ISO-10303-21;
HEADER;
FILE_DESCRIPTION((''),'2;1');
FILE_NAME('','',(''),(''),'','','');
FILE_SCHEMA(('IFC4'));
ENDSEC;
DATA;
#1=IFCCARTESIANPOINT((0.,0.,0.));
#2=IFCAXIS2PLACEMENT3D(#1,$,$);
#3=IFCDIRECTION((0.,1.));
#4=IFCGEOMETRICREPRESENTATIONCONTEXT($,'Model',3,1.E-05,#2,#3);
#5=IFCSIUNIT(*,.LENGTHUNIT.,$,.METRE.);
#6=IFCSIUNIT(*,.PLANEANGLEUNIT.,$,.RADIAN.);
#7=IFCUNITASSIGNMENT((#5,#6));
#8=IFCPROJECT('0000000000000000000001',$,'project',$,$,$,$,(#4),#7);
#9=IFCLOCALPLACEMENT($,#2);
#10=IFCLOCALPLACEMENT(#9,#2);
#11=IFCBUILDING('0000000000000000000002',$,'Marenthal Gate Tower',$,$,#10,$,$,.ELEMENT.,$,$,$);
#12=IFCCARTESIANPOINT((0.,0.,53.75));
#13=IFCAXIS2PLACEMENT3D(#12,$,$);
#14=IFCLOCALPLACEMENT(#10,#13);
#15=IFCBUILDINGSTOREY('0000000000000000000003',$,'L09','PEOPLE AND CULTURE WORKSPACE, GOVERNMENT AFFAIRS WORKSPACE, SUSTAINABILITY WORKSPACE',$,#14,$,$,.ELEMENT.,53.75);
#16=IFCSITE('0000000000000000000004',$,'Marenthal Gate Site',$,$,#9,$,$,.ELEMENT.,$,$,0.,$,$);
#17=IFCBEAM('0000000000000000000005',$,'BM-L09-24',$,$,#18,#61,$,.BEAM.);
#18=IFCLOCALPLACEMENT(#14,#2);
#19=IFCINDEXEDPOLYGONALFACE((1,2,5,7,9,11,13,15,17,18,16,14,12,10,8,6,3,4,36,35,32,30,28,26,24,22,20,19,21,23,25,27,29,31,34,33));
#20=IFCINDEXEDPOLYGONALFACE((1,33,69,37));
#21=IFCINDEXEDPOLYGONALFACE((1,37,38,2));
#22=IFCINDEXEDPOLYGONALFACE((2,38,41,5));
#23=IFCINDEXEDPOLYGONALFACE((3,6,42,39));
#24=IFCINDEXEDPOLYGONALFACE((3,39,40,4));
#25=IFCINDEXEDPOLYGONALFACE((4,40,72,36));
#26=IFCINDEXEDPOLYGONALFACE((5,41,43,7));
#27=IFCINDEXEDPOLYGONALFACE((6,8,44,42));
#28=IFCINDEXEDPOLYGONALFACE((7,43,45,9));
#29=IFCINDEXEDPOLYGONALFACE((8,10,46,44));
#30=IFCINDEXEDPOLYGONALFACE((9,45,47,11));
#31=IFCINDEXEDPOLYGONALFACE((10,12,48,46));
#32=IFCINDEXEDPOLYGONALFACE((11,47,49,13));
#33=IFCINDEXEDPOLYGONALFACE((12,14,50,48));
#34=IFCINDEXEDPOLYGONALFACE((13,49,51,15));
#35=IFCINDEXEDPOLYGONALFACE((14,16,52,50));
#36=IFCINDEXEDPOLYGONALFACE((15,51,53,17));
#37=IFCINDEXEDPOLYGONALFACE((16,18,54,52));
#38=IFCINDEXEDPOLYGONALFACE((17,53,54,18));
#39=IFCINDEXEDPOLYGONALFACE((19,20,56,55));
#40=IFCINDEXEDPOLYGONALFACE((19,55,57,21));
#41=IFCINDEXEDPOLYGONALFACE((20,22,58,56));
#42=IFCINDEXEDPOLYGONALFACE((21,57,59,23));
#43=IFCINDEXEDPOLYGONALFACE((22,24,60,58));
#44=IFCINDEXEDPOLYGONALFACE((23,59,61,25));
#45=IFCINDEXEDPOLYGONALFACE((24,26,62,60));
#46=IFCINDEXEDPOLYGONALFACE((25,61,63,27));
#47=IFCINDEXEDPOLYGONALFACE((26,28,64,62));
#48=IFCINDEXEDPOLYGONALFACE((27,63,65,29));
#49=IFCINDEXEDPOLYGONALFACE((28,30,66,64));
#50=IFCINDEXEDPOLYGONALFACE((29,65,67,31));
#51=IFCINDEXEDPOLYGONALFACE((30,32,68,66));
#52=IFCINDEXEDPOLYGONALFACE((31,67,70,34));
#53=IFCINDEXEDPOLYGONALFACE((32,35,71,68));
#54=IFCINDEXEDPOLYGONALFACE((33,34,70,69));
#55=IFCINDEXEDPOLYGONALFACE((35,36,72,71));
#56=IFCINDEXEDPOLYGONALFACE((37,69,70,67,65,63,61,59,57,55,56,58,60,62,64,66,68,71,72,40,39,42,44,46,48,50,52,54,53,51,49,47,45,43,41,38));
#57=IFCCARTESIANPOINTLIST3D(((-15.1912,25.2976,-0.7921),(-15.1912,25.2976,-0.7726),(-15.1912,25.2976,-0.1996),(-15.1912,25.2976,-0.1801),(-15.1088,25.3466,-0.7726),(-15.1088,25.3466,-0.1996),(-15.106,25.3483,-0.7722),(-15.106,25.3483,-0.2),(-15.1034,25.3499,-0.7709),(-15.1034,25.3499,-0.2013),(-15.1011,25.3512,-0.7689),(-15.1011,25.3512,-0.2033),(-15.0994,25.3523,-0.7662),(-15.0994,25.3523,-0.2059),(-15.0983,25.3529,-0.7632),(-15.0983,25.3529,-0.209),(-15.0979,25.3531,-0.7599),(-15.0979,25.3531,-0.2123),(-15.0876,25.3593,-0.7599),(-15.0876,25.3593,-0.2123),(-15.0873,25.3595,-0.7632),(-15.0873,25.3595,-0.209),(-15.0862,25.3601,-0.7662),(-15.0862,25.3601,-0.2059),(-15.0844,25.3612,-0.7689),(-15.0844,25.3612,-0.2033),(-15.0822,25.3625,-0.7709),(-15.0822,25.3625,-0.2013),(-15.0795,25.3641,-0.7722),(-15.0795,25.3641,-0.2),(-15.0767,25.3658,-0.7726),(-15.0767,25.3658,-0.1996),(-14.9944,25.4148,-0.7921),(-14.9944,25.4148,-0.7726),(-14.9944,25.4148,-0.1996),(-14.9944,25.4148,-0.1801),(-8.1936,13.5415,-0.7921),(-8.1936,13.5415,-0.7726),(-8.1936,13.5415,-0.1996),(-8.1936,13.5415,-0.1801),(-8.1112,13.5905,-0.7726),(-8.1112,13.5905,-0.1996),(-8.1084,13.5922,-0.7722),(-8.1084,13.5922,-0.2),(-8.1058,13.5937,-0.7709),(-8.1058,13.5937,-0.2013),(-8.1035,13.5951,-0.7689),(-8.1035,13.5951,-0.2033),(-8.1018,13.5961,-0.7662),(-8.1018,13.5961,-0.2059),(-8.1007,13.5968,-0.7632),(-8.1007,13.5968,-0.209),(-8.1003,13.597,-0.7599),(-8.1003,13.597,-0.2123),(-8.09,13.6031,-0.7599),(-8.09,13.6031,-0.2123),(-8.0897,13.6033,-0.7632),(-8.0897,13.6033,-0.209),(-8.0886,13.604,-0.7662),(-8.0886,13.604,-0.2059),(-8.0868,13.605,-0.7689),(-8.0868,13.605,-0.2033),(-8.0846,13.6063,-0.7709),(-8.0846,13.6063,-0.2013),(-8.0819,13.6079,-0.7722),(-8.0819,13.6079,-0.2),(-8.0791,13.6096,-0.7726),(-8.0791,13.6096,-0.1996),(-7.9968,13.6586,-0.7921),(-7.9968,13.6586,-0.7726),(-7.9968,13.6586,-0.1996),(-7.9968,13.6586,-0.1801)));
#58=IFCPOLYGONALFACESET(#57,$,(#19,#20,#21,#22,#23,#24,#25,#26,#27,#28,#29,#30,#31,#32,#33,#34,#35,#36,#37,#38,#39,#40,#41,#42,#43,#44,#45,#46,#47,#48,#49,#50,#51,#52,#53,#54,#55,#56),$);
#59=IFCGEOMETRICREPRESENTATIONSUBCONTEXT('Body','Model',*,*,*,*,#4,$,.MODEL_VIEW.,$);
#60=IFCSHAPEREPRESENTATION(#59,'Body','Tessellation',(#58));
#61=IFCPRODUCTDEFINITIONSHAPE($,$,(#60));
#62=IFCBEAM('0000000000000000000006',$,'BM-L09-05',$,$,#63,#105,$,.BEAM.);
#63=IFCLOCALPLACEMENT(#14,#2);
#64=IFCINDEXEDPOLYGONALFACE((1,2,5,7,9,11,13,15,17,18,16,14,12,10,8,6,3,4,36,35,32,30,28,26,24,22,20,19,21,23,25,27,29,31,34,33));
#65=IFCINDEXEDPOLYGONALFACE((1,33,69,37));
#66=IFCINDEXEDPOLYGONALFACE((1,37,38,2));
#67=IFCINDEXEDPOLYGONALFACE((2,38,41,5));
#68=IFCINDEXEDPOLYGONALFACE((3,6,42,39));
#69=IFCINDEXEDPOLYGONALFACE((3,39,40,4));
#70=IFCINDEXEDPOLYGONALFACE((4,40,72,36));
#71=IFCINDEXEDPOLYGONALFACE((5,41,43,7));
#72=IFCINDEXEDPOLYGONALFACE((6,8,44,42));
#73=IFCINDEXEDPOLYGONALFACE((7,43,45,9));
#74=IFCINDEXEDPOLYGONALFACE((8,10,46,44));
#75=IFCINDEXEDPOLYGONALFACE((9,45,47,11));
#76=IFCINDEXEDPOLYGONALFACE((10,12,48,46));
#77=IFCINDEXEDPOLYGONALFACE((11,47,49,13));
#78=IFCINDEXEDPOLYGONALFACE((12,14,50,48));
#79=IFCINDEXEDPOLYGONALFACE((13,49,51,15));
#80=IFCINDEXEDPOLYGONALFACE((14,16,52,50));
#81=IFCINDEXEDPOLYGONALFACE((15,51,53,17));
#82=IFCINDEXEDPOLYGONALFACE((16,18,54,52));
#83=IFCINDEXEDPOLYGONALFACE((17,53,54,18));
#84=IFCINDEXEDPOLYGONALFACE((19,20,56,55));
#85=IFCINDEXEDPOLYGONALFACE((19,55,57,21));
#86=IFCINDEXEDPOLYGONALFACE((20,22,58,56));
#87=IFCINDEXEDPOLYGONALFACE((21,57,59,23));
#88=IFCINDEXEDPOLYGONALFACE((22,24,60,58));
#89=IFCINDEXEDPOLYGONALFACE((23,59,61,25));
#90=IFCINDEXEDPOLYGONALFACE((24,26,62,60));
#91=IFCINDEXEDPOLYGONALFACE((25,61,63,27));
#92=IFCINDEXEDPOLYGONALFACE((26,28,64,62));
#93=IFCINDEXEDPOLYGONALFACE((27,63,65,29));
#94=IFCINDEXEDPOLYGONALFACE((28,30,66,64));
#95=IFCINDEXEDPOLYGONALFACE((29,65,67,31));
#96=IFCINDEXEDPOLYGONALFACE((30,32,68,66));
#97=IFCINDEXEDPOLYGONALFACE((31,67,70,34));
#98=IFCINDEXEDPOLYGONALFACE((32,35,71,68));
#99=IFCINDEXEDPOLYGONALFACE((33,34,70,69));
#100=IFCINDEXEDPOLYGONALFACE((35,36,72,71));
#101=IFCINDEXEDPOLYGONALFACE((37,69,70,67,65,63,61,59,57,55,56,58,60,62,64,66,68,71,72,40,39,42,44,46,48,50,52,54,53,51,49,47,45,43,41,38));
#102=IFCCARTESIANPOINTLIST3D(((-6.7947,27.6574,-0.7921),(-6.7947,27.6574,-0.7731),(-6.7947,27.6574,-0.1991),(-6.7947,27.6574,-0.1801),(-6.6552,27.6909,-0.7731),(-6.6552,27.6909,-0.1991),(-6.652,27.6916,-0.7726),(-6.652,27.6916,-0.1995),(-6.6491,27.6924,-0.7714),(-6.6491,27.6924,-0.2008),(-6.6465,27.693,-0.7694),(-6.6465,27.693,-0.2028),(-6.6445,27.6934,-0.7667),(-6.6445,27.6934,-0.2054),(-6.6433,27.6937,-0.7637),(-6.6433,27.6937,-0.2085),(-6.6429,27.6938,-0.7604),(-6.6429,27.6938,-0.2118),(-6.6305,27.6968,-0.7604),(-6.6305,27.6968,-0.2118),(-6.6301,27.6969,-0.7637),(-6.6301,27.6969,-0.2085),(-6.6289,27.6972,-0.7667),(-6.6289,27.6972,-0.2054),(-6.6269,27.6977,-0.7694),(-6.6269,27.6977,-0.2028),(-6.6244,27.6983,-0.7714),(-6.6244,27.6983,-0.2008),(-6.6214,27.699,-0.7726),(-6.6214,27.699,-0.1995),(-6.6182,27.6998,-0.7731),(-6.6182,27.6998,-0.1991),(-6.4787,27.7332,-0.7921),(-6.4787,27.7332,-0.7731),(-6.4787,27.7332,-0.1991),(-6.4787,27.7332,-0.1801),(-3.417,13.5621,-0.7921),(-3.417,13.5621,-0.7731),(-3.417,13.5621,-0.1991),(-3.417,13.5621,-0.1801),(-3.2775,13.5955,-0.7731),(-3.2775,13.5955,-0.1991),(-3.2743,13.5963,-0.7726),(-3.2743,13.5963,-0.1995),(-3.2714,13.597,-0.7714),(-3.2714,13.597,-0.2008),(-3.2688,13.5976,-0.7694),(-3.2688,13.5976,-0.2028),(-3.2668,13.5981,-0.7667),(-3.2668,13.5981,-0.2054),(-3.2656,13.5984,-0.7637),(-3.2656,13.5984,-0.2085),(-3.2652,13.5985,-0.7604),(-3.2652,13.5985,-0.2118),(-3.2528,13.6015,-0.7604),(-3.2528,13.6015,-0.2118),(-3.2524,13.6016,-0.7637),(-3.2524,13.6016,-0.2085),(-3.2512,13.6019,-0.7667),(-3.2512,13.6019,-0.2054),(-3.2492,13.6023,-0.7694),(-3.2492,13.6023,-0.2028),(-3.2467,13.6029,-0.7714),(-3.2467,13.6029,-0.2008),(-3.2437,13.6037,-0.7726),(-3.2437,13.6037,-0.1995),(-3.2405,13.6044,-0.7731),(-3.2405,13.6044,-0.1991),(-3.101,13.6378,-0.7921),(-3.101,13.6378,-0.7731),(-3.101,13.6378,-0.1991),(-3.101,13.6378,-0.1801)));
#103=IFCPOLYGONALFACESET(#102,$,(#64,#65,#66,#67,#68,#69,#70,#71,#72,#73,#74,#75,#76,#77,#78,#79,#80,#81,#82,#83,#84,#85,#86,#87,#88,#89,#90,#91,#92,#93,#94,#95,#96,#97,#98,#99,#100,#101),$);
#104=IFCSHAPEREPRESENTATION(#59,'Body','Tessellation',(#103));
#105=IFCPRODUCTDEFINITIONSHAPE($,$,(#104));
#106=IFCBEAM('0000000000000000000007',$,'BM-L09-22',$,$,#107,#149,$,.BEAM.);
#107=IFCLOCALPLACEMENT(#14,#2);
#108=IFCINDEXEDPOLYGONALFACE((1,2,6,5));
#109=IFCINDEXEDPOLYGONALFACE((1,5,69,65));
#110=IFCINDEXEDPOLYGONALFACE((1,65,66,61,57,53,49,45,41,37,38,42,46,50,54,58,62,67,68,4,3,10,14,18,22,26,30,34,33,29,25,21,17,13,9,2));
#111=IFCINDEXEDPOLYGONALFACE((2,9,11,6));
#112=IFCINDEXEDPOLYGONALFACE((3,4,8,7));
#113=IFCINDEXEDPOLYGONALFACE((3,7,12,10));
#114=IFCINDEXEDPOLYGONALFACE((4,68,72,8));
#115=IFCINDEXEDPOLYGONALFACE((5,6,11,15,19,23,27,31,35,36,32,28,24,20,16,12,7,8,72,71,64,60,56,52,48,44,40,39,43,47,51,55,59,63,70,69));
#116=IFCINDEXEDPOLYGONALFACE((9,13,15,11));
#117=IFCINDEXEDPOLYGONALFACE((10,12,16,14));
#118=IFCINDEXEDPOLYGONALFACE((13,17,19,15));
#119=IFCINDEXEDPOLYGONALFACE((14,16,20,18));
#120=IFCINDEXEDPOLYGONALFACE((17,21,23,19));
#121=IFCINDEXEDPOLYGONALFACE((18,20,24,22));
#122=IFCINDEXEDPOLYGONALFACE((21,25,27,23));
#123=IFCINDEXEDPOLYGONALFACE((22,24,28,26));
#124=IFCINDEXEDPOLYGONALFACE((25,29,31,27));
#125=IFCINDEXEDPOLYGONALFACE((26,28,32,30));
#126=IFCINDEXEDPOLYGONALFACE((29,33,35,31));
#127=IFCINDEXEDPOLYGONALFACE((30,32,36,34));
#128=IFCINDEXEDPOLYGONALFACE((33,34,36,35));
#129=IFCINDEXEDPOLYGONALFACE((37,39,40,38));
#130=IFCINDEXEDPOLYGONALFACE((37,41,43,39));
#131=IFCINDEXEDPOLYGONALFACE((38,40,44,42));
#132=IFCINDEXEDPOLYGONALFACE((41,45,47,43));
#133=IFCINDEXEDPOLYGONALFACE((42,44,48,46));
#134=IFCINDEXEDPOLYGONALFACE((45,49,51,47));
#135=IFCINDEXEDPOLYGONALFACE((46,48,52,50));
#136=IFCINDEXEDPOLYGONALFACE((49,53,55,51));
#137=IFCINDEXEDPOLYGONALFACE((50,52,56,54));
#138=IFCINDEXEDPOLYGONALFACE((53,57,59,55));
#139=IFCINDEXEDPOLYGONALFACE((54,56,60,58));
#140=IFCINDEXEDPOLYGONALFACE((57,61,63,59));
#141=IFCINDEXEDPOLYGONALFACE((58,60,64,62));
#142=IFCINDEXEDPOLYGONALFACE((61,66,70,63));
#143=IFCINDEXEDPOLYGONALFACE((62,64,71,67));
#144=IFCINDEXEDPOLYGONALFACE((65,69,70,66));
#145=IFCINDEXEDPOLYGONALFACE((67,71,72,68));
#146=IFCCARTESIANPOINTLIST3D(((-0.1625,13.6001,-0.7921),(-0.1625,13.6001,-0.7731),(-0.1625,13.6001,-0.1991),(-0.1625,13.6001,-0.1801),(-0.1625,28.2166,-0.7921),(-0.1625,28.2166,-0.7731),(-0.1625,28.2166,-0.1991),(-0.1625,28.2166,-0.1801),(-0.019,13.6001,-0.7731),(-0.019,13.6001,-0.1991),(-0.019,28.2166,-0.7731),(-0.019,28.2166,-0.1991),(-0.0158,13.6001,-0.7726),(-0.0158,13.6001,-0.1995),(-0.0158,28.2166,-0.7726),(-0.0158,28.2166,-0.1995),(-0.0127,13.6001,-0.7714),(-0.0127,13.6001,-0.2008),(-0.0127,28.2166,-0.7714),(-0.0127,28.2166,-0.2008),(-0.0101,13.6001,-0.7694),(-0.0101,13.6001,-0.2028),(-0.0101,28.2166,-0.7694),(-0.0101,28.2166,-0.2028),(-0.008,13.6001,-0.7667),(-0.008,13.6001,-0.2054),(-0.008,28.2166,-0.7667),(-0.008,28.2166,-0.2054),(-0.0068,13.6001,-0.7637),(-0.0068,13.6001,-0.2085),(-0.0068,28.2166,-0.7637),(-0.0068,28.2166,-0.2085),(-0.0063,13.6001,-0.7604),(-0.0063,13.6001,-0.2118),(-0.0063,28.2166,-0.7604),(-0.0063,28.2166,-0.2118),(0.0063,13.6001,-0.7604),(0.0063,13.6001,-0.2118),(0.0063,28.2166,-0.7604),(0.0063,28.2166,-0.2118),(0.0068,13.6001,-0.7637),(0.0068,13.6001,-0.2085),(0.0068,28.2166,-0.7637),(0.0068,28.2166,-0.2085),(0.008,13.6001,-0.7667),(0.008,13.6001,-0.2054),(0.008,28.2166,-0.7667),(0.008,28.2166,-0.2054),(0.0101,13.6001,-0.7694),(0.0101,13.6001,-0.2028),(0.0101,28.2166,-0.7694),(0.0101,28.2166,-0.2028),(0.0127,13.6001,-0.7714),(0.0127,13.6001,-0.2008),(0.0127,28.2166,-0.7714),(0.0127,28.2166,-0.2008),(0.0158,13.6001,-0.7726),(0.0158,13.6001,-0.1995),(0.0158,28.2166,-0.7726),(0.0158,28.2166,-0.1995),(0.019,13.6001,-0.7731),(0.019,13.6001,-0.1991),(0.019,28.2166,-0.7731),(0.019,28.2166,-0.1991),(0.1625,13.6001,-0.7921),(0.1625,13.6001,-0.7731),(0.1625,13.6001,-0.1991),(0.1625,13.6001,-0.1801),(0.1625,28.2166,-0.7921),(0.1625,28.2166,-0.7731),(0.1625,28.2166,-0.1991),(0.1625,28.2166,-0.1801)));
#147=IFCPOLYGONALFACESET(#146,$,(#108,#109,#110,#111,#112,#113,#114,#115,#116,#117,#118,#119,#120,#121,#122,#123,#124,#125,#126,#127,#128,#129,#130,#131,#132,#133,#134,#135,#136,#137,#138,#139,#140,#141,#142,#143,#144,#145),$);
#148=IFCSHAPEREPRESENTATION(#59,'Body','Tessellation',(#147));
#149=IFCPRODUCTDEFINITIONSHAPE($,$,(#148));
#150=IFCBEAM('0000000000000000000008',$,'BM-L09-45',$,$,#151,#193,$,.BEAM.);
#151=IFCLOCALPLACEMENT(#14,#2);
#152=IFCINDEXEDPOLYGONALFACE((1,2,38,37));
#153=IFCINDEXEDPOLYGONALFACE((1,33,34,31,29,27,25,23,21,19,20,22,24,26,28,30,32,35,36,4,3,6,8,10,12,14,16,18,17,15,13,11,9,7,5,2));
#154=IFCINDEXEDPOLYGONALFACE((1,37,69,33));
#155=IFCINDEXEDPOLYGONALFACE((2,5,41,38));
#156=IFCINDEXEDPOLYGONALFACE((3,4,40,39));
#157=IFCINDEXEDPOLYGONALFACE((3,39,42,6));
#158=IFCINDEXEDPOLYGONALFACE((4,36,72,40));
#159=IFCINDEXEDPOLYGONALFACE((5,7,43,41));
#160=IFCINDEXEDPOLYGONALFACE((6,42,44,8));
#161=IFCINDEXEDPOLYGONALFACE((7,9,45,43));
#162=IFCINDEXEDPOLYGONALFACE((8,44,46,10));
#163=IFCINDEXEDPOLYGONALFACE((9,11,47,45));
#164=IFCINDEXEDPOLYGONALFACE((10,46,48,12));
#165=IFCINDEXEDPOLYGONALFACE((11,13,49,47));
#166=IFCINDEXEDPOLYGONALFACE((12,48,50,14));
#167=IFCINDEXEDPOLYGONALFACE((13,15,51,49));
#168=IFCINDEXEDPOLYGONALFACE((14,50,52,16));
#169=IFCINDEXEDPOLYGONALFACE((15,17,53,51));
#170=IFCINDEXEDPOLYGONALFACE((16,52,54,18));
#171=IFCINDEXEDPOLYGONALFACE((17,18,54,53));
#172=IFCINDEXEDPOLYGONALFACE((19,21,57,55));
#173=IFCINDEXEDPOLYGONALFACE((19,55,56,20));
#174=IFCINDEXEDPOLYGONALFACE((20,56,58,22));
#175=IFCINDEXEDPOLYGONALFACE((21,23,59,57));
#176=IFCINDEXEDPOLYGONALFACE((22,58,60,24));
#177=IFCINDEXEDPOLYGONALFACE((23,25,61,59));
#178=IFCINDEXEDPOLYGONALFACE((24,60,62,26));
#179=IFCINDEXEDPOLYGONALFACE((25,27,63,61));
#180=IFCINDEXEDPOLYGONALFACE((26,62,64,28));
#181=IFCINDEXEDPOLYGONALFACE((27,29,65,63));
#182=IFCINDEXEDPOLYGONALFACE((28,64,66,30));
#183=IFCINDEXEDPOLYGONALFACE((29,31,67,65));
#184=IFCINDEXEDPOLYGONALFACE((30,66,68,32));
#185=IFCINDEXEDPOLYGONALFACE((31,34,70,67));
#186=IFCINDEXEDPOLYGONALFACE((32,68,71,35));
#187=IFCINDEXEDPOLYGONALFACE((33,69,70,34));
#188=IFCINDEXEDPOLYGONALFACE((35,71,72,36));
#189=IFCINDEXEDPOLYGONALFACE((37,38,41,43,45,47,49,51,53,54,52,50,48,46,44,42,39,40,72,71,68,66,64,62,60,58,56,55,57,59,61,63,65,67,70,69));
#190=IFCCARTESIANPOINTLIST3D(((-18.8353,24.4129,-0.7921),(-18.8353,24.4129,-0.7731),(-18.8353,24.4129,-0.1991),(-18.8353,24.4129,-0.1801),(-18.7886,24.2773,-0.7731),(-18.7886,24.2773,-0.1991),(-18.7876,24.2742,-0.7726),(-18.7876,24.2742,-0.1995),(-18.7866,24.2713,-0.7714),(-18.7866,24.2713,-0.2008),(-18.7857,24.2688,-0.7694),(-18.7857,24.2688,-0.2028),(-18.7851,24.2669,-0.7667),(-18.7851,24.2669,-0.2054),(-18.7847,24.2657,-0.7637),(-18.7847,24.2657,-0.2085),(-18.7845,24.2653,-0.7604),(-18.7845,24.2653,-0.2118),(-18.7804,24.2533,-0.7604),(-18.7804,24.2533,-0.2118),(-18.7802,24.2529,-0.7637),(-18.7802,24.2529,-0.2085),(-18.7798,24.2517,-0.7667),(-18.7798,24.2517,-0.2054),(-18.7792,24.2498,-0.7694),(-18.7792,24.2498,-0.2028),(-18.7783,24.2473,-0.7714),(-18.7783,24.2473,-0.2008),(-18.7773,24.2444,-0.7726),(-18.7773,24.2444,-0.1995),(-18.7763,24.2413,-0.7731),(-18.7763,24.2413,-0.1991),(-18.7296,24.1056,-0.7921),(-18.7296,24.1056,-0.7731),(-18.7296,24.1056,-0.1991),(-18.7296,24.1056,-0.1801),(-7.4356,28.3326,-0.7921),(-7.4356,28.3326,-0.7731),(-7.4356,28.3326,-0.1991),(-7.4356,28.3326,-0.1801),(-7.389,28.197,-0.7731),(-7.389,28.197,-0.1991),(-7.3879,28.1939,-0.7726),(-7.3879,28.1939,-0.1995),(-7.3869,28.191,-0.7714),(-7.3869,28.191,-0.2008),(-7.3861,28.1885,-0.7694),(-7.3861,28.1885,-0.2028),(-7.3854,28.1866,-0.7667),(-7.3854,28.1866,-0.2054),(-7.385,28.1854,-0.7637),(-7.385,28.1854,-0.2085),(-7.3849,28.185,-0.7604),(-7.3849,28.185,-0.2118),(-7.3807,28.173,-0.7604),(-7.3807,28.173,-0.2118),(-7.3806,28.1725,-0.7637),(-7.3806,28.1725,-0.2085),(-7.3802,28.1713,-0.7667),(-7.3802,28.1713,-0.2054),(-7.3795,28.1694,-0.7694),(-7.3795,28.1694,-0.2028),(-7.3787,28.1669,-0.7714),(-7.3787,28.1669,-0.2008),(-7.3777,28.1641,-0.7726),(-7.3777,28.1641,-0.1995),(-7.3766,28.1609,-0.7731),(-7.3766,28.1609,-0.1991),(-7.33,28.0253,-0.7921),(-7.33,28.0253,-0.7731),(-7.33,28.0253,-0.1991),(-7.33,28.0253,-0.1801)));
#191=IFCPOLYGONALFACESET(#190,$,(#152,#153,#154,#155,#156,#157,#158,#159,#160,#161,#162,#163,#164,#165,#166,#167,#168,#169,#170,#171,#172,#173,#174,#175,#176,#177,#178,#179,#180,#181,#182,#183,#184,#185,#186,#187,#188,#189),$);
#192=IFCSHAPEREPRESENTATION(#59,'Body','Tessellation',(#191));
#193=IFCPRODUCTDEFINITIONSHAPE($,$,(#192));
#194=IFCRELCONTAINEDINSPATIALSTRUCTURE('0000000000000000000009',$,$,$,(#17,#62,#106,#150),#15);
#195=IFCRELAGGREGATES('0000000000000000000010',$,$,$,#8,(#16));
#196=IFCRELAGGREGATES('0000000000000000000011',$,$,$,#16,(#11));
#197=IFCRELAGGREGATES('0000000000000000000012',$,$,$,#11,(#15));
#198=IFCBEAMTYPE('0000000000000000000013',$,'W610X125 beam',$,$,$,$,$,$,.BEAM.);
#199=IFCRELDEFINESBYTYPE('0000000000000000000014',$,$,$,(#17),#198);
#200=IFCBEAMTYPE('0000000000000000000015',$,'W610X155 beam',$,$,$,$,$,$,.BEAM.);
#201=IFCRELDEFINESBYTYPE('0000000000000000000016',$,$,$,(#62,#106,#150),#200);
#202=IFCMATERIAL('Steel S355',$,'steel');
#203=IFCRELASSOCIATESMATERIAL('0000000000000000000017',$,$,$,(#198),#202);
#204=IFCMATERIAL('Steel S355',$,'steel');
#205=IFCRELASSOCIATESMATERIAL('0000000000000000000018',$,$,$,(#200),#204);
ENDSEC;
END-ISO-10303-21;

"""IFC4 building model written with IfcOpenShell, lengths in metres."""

from ifc_helpers import new_model, si_unit, direction, frame, origin, origin_2d, place, context, subcontext, project, spatial, i_section, extrude, material, material_profile, profile_set, type_object, element, save


model = new_model("IFC4")

# Units and contexts
model_context = context("Model", 3, precision=1e-05, world=origin(), true_north=direction((0.0, 1.0)))
body_context = subcontext(model_context, "Body", "Model", "MODEL_VIEW")
ifc_project = project(units=[si_unit("LENGTHUNIT", "METRE"), si_unit("PLANEANGLEUNIT", "RADIAN")], contexts=[model_context])

# Site, building, storey
site_placement = place(None, origin())
site = spatial("IfcSite", under=ifc_project, at=site_placement, Name="Marenthal Gate Site", CompositionType="ELEMENT", RefElevation=0.0)
building_placement = place(site_placement, origin())
building = spatial("IfcBuilding", under=site, at=building_placement, Name="Marenthal Gate Tower", CompositionType="ELEMENT")
storey_placement = place(building_placement, frame((0.0, 0.0, 53.75)))
storey = spatial("IfcBuildingStorey", under=building, at=storey_placement, Name="L09", Description="PEOPLE AND CULTURE WORKSPACE, GOVERNMENT AFFAIRS WORKSPACE, SUSTAINABILITY WORKSPACE", CompositionType="ELEMENT", Elevation=53.75)

# Beams
ifc_material_1 = material(Name="Steel S355", Category="steel")
ifc_material_profile_1 = material_profile(ifc_material_1, i_section(OverallWidth=0.229, OverallDepth=0.6121, WebThickness=0.012, FlangeThickness=0.0195, FilletRadius=0.0127, at=origin_2d()), Name="W610X125")
ifc_profile_set_1 = profile_set([ifc_material_profile_1], Name="Steel S355")
beam_type_1 = type_object("IfcBeamType", Name="W610X125 beam", PredefinedType="BEAM", material=ifc_profile_set_1)
beam_1_placement = place(storey_placement, frame((-15.0928, 25.3562, -0.4861), z_axis=(0.511477, -0.859297, 0.0), x_axis=(0.859297, 0.511477, 0.0)))
element("IfcBeam", 1, at=beam_1_placement, inside=storey, type_object=beam_type_1, Name="BM-L09-24", PredefinedType="BEAM", context=body_context, shape_type="SweptSolid", body=[
    extrude(i_section(OverallWidth=0.229, OverallDepth=0.6121, WebThickness=0.012, FlangeThickness=0.0195, FilletRadius=0.0127, at=origin_2d()), origin(), (0.0, 0.0, 1.0), 13.6812),
])
ifc_material_2 = material(Name="Steel S355", Category="steel")
ifc_material_profile_2 = material_profile(ifc_material_2, i_section(OverallWidth=0.325, OverallDepth=0.6121, WebThickness=0.0127, FlangeThickness=0.019, FilletRadius=0.0127, at=origin_2d()), Name="W610X155")
ifc_profile_set_2 = profile_set([ifc_material_profile_2], Name="Steel S355")
beam_type_2 = type_object("IfcBeamType", Name="W610X155 beam", PredefinedType="BEAM", material=ifc_profile_set_2)
beam_2_placement = place(storey_placement, frame((-6.6367, 27.6953, -0.4861), z_axis=(0.233036, -0.972468, 0.0), x_axis=(0.972468, 0.233036, 0.0)))
element("IfcBeam", 2, at=beam_2_placement, inside=storey, type_object=beam_type_2, Name="BM-L09-05", PredefinedType="BEAM", context=body_context, shape_type="SweptSolid", body=[
    extrude(i_section(OverallWidth=0.325, OverallDepth=0.6121, WebThickness=0.0127, FlangeThickness=0.019, FilletRadius=0.0127, at=origin_2d()), origin(), (0.0, 0.0, 1.0), 14.4944),
])
beam_3_placement = place(storey_placement, frame((0.0, 28.2166, -0.4861), z_axis=(0.0, -1.0, 0.0), x_axis=(1.0, 0.0, 0.0)))
element("IfcBeam", 3, at=beam_3_placement, inside=storey, type_object=beam_type_2, Name="BM-L09-22", PredefinedType="BEAM", context=body_context, shape_type="SweptSolid", body=[
    extrude(i_section(OverallWidth=0.325, OverallDepth=0.6121, WebThickness=0.0127, FlangeThickness=0.019, FilletRadius=0.0127, at=origin_2d()), origin(), (0.0, 0.0, 1.0), 14.6165),
])
beam_4_placement = place(storey_placement, frame((-7.3828, 28.179, -0.4861), z_axis=(-0.94566, -0.325157, 0.0), x_axis=(0.325157, -0.94566, 0.0)))
element("IfcBeam", 4, at=beam_4_placement, inside=storey, type_object=beam_type_2, Name="BM-L09-45", PredefinedType="BEAM", context=body_context, shape_type="SweptSolid", body=[
    extrude(i_section(OverallWidth=0.325, OverallDepth=0.6121, WebThickness=0.0127, FlangeThickness=0.019, FilletRadius=0.0127, at=origin_2d()), origin(), (0.0, 0.0, 1.0), 12.0547),
])

save(model, "model.ifc")
